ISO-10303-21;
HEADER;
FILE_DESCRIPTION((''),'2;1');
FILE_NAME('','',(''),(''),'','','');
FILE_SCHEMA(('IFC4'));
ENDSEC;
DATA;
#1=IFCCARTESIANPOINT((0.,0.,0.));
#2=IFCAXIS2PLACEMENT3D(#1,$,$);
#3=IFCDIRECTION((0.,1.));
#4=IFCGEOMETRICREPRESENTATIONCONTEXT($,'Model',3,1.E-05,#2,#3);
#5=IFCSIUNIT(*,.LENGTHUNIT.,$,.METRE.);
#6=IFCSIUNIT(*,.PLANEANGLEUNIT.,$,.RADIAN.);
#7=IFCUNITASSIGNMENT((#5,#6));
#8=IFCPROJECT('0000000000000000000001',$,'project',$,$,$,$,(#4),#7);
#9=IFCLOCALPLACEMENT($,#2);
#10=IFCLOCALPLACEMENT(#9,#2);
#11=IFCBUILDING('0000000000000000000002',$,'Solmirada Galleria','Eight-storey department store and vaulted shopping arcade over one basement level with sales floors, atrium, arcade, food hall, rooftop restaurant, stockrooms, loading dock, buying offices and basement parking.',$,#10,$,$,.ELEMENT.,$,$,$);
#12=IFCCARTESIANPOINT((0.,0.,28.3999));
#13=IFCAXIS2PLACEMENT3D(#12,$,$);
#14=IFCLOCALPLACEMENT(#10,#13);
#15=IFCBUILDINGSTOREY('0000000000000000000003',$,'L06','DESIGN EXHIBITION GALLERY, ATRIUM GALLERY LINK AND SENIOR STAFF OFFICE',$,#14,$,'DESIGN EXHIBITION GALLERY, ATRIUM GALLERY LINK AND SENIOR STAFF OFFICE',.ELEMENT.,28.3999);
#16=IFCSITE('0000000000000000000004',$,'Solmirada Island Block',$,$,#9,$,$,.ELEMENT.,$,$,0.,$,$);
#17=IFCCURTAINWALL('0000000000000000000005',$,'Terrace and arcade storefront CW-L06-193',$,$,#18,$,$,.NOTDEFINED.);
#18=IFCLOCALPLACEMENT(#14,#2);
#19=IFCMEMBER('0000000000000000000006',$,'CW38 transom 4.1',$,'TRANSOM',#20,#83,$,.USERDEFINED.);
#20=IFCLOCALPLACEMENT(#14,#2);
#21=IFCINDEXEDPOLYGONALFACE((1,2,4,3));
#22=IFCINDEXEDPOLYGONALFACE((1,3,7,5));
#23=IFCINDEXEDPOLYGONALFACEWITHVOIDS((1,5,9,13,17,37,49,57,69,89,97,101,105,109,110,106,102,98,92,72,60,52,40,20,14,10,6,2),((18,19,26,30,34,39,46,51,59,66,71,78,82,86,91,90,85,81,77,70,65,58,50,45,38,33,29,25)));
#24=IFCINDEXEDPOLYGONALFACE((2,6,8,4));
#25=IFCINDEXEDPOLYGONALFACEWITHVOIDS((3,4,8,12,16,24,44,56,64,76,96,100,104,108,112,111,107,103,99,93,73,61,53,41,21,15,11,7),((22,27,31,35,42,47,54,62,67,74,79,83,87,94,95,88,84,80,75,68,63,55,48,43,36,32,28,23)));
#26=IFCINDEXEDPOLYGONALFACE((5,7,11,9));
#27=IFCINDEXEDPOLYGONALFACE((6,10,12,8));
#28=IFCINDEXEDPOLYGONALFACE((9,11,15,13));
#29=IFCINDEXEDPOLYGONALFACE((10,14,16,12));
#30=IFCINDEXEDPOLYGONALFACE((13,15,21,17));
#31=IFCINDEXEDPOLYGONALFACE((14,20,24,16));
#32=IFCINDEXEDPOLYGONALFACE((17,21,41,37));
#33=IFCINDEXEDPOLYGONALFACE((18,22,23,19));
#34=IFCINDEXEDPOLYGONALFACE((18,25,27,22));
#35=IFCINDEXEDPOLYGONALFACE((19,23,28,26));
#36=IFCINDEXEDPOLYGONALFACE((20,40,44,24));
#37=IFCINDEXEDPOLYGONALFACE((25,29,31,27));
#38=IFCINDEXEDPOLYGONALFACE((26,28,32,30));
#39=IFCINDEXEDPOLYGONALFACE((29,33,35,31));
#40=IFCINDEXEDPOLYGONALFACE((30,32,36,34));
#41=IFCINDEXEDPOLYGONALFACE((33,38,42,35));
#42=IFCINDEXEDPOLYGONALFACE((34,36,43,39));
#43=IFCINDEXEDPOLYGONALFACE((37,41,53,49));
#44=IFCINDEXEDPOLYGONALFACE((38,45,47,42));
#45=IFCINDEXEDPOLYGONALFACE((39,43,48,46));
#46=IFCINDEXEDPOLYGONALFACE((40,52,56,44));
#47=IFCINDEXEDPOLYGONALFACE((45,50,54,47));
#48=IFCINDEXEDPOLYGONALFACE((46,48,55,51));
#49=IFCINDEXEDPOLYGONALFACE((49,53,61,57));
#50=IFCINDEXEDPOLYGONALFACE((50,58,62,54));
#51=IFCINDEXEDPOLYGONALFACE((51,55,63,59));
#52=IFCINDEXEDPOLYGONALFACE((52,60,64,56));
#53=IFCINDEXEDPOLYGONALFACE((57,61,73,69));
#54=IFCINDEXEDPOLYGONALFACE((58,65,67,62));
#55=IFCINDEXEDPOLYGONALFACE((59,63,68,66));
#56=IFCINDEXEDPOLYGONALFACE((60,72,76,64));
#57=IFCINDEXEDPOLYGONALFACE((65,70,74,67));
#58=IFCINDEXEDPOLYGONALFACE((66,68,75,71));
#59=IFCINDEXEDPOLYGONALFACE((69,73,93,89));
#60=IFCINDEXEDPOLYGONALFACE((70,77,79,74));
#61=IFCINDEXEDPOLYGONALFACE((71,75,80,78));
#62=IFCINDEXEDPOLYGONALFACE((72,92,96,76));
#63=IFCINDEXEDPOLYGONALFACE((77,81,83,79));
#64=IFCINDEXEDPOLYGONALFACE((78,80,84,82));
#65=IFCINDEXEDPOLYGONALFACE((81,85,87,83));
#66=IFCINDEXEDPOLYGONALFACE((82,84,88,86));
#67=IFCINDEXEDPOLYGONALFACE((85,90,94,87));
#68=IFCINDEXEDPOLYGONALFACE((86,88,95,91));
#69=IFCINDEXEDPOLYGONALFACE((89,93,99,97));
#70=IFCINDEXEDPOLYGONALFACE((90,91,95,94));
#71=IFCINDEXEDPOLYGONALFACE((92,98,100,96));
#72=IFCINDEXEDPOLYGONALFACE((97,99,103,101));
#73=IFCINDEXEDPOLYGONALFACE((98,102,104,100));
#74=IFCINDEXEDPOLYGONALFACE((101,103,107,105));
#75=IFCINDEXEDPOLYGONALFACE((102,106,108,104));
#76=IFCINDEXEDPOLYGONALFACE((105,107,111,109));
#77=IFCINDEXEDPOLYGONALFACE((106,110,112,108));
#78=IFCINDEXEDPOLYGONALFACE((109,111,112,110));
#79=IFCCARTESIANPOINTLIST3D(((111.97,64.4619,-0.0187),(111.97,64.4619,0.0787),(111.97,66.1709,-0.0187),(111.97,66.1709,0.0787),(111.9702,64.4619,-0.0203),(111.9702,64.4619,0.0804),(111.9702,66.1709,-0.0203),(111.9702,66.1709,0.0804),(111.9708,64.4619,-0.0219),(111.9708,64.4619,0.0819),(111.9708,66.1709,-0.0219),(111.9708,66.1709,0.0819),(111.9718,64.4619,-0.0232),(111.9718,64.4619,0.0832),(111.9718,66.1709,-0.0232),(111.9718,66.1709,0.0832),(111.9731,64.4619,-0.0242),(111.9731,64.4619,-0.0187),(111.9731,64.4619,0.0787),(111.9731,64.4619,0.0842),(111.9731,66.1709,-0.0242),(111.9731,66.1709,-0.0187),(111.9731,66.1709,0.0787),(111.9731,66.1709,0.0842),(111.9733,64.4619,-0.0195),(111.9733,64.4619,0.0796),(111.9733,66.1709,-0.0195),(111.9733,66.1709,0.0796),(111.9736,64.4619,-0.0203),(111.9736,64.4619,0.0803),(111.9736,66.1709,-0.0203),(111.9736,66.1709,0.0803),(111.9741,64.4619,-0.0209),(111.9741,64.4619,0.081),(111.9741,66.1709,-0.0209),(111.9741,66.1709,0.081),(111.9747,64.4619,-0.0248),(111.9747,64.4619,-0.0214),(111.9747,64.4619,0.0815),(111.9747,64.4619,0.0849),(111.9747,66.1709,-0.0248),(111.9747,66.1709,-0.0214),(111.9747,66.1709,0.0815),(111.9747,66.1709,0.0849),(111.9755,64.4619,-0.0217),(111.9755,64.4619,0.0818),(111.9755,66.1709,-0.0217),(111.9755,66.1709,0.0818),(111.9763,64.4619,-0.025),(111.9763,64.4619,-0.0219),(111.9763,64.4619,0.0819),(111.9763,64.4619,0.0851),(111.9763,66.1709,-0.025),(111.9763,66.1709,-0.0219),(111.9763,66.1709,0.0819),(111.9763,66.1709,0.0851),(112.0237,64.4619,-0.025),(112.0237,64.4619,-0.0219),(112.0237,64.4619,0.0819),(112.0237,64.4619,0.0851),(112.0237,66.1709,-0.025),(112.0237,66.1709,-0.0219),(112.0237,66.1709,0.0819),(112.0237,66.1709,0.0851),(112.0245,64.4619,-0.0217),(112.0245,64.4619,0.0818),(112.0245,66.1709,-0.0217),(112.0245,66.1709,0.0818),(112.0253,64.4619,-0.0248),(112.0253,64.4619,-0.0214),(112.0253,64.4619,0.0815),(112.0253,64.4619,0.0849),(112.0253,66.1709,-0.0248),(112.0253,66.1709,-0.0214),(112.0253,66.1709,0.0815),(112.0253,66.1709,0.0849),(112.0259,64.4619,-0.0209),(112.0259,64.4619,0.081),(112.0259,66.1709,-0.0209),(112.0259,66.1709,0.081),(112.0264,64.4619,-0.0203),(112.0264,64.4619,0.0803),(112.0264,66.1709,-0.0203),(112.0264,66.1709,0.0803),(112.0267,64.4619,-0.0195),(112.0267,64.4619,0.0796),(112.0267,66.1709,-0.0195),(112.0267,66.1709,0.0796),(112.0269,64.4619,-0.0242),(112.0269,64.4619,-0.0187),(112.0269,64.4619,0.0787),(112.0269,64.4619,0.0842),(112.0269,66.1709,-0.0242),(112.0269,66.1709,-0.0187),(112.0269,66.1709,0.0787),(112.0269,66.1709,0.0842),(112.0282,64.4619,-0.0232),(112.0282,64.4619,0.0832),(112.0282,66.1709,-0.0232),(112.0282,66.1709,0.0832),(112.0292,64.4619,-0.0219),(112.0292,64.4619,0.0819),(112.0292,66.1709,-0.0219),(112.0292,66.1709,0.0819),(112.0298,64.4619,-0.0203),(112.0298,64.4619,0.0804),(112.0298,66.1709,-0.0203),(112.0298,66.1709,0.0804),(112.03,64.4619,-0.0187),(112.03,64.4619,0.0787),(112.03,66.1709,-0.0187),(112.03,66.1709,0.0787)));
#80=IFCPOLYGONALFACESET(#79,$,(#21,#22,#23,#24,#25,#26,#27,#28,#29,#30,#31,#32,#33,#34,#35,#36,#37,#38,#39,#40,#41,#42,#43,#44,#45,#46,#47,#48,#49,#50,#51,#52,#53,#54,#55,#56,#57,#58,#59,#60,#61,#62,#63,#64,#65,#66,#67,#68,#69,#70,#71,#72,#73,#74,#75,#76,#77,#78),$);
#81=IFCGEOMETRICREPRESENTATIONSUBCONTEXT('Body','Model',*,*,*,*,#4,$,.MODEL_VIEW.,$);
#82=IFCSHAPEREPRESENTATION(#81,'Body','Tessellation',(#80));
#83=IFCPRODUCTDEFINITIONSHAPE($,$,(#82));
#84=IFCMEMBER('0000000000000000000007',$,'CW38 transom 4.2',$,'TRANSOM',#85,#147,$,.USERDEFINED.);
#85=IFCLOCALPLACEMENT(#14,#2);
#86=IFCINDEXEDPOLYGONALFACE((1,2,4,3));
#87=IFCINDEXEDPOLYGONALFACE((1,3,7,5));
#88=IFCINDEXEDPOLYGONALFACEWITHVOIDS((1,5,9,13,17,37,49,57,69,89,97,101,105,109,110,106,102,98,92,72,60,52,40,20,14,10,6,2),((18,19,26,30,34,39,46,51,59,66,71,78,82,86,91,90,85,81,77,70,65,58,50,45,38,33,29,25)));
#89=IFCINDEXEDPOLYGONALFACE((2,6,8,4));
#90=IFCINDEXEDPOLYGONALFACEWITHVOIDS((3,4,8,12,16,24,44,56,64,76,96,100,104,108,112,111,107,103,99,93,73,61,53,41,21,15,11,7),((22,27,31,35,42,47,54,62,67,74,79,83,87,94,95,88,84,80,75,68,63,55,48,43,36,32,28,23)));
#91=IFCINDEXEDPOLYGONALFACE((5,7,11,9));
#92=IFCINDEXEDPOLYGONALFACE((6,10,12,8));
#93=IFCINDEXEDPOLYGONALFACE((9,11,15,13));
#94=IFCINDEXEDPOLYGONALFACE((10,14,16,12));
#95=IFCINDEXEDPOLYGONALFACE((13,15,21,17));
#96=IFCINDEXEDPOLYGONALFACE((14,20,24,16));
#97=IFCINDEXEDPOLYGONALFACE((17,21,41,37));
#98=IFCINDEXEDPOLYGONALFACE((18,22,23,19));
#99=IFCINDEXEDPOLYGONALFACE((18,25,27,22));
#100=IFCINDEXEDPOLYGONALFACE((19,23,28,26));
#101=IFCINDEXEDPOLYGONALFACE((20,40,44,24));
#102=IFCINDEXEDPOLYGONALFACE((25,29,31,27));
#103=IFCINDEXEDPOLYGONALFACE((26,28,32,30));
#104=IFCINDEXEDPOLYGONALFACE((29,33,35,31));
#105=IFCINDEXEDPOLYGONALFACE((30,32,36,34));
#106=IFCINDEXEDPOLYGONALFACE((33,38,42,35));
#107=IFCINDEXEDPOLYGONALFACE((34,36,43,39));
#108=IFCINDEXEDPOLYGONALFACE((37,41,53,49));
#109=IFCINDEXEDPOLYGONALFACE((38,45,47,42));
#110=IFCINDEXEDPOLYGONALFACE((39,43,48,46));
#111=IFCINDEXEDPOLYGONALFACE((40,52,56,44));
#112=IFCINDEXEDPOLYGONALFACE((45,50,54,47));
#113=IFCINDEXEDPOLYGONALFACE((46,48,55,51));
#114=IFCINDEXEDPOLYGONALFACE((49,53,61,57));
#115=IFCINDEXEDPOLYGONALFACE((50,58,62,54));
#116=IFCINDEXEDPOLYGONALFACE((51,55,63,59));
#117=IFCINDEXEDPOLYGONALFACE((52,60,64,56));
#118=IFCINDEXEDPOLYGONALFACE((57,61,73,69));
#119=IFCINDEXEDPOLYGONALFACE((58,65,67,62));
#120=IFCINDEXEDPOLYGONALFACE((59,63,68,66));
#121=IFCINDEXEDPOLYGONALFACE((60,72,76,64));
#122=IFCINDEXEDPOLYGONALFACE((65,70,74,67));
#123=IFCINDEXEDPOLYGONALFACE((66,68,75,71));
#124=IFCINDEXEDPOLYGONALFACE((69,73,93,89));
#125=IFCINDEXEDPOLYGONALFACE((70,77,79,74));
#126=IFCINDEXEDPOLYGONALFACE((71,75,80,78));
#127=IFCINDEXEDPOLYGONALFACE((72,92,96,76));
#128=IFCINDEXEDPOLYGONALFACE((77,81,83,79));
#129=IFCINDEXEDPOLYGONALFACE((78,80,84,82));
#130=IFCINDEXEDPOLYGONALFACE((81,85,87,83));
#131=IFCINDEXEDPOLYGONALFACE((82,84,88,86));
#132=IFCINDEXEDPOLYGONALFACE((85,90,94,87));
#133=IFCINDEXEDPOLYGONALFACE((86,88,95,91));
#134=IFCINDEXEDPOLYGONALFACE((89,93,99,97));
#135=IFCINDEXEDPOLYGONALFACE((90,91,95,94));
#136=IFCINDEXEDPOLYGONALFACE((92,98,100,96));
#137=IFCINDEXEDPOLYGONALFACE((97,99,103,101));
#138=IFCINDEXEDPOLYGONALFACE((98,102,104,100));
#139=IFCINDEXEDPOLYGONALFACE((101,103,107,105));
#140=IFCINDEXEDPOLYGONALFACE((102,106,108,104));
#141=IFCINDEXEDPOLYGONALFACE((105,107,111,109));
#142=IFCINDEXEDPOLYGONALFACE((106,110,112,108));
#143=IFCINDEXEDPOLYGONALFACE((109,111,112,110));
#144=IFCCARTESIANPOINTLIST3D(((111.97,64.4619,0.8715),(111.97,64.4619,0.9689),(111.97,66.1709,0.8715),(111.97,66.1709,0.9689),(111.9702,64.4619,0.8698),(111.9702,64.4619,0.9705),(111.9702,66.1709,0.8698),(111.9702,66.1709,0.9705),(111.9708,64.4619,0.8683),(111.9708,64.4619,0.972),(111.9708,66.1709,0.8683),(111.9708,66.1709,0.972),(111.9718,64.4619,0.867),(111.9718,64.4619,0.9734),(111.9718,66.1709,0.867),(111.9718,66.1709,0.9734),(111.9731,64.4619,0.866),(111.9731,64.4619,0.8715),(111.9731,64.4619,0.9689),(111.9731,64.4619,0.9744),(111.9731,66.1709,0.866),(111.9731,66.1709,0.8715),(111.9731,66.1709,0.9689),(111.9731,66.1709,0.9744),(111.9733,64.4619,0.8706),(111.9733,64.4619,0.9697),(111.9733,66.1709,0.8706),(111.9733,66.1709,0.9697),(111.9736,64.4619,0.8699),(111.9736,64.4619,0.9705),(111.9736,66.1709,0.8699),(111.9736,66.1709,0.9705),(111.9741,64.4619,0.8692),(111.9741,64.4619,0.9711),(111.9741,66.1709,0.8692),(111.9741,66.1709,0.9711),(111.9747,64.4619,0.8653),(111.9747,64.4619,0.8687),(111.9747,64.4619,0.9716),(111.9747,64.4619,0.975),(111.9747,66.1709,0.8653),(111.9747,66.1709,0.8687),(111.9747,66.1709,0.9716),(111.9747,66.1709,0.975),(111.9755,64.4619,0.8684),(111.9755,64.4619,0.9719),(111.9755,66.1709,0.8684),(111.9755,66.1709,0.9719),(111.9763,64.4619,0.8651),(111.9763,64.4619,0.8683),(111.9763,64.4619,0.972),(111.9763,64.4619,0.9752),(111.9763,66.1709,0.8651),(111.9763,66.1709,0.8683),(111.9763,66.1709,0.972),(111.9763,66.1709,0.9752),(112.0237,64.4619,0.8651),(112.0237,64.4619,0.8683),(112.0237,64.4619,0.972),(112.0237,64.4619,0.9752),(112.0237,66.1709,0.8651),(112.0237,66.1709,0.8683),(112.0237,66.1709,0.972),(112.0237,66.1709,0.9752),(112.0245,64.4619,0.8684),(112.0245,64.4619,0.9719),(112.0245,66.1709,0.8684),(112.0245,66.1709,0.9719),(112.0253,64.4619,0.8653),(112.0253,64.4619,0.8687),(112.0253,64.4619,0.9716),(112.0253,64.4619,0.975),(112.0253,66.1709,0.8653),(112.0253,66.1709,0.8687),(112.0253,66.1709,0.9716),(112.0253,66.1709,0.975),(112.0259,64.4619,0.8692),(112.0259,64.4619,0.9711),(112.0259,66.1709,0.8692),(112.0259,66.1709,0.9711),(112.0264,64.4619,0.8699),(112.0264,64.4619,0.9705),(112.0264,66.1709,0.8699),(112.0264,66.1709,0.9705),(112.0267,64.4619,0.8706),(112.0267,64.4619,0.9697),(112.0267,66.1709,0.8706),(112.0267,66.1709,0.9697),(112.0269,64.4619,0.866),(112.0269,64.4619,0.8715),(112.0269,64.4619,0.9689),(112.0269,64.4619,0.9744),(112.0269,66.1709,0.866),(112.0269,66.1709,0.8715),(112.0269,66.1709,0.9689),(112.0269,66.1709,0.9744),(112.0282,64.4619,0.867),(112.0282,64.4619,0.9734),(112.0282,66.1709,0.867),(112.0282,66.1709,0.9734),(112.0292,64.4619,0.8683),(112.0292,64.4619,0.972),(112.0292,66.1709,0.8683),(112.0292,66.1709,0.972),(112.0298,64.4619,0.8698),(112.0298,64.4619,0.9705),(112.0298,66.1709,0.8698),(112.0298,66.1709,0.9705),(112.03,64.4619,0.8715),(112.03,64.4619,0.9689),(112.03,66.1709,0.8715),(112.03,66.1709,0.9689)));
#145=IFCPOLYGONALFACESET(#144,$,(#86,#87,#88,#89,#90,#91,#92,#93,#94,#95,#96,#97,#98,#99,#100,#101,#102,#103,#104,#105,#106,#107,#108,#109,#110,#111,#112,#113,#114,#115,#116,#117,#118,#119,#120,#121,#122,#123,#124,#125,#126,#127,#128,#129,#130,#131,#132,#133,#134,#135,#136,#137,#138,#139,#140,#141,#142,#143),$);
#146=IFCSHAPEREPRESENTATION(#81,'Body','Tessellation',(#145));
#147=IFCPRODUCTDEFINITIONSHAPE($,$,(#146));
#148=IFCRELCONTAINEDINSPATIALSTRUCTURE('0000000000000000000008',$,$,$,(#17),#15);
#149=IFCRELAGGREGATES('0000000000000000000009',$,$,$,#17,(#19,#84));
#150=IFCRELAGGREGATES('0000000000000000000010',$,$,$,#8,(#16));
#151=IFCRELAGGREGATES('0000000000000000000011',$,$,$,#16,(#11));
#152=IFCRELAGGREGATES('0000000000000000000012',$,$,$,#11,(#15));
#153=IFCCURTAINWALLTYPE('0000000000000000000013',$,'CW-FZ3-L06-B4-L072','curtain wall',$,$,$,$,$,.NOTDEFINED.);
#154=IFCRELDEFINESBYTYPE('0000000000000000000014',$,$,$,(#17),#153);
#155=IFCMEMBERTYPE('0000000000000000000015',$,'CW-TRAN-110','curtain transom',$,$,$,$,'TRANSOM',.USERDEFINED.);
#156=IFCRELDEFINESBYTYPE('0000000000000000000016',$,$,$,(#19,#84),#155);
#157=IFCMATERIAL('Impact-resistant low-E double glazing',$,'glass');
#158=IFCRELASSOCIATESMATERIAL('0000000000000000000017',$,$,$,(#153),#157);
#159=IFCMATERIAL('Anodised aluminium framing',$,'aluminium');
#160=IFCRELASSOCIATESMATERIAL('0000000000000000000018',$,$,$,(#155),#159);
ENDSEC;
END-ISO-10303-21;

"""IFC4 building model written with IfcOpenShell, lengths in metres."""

from ifc_helpers import new_model, si_unit, direction, frame, origin, origin_2d, place, context, subcontext, project, spatial, hollow_rectangle, extrude, material, material_profile, profile_set, type_object, element, aggregate, save


model = new_model("IFC4")

# Units and contexts
model_context = context("Model", 3, precision=1e-05, world=origin(), true_north=direction((0.0, 1.0)))
body_context = subcontext(model_context, "Body", "Model", "MODEL_VIEW")
ifc_project = project(units=[si_unit("LENGTHUNIT", "METRE"), si_unit("PLANEANGLEUNIT", "RADIAN")], contexts=[model_context])

# Site, building, storey
site_placement = place(None, origin())
site = spatial("IfcSite", under=ifc_project, at=site_placement, Name="Solmirada Island Block", CompositionType="ELEMENT", RefElevation=0.0)
building_placement = place(site_placement, origin())
building = spatial("IfcBuilding", under=site, at=building_placement, Name="Solmirada Galleria", Description="Eight-storey department store and vaulted shopping arcade over one basement level with sales floors, atrium, arcade, food hall, rooftop restaurant, stockrooms, loading dock, buying offices and basement parking.", CompositionType="ELEMENT")
storey_placement = place(building_placement, frame((0.0, 0.0, 28.3999)))
storey = spatial("IfcBuildingStorey", under=building, at=storey_placement, Name="L06", Description="DESIGN EXHIBITION GALLERY, ATRIUM GALLERY LINK AND SENIOR STAFF OFFICE", LongName="DESIGN EXHIBITION GALLERY, ATRIUM GALLERY LINK AND SENIOR STAFF OFFICE", CompositionType="ELEMENT", Elevation=28.3999)

# Curtain wall
ifc_material_1 = material(Name="Impact-resistant low-E double glazing", Category="glass")
curtain_wall_type = type_object("IfcCurtainWallType", Name="CW-FZ3-L06-B4-L072", Description="curtain wall", PredefinedType="NOTDEFINED", material=ifc_material_1)
curtain_wall_1_placement = place(storey_placement, origin())
curtain_wall_1 = element("IfcCurtainWall", 1, at=curtain_wall_1_placement, inside=storey, type_object=curtain_wall_type, Name="Terrace and arcade storefront CW-L06-193", PredefinedType="NOTDEFINED")
ifc_material_2 = material(Name="Anodised aluminium framing", Category="aluminium")

# Members
ifc_material_profile_1 = material_profile(ifc_material_2, hollow_rectangle(XDim=0.0601, YDim=0.1101, WallThickness=0.0032, InnerFilletRadius=0.0032, OuterFilletRadius=0.0063, at=origin_2d()), Name="ALU-TRAN-110X60")
ifc_profile_set_1 = profile_set([ifc_material_profile_1], Name="Anodised aluminium framing")
member_type_1 = type_object("IfcMemberType", Name="CW-TRAN-110", Description="curtain transom", ElementType="TRANSOM", PredefinedType="USERDEFINED", material=ifc_profile_set_1)
member_1_placement = place(storey_placement, frame((112.0, 66.1709, 0.03), z_axis=(0.0, -1.0, 0.0), x_axis=(1.0, 0.0, 0.0)))
member_1 = element("IfcMember", 2, at=member_1_placement, type_object=member_type_1, Name="CW38 transom 4.1", ObjectType="TRANSOM", PredefinedType="USERDEFINED", context=body_context, shape_type="SweptSolid", body=[
    extrude(hollow_rectangle(XDim=0.0601, YDim=0.1101, WallThickness=0.0032, InnerFilletRadius=0.0032, OuterFilletRadius=0.0063, at=origin_2d()), origin(), (0.0, 0.0, 1.0), 1.709),
])
member_2_placement = place(storey_placement, frame((112.0, 66.1709, 0.9202), z_axis=(0.0, -1.0, 0.0), x_axis=(1.0, 0.0, 0.0)))
member_2 = element("IfcMember", 3, at=member_2_placement, type_object=member_type_1, Name="CW38 transom 4.2", ObjectType="TRANSOM", PredefinedType="USERDEFINED", context=body_context, shape_type="SweptSolid", body=[
    extrude(hollow_rectangle(XDim=0.0601, YDim=0.1101, WallThickness=0.0032, InnerFilletRadius=0.0032, OuterFilletRadius=0.0063, at=origin_2d()), origin(), (0.0, 0.0, 1.0), 1.709),
])

aggregate(curtain_wall_1, [member_1, member_2])

save(model, "model.ifc")
